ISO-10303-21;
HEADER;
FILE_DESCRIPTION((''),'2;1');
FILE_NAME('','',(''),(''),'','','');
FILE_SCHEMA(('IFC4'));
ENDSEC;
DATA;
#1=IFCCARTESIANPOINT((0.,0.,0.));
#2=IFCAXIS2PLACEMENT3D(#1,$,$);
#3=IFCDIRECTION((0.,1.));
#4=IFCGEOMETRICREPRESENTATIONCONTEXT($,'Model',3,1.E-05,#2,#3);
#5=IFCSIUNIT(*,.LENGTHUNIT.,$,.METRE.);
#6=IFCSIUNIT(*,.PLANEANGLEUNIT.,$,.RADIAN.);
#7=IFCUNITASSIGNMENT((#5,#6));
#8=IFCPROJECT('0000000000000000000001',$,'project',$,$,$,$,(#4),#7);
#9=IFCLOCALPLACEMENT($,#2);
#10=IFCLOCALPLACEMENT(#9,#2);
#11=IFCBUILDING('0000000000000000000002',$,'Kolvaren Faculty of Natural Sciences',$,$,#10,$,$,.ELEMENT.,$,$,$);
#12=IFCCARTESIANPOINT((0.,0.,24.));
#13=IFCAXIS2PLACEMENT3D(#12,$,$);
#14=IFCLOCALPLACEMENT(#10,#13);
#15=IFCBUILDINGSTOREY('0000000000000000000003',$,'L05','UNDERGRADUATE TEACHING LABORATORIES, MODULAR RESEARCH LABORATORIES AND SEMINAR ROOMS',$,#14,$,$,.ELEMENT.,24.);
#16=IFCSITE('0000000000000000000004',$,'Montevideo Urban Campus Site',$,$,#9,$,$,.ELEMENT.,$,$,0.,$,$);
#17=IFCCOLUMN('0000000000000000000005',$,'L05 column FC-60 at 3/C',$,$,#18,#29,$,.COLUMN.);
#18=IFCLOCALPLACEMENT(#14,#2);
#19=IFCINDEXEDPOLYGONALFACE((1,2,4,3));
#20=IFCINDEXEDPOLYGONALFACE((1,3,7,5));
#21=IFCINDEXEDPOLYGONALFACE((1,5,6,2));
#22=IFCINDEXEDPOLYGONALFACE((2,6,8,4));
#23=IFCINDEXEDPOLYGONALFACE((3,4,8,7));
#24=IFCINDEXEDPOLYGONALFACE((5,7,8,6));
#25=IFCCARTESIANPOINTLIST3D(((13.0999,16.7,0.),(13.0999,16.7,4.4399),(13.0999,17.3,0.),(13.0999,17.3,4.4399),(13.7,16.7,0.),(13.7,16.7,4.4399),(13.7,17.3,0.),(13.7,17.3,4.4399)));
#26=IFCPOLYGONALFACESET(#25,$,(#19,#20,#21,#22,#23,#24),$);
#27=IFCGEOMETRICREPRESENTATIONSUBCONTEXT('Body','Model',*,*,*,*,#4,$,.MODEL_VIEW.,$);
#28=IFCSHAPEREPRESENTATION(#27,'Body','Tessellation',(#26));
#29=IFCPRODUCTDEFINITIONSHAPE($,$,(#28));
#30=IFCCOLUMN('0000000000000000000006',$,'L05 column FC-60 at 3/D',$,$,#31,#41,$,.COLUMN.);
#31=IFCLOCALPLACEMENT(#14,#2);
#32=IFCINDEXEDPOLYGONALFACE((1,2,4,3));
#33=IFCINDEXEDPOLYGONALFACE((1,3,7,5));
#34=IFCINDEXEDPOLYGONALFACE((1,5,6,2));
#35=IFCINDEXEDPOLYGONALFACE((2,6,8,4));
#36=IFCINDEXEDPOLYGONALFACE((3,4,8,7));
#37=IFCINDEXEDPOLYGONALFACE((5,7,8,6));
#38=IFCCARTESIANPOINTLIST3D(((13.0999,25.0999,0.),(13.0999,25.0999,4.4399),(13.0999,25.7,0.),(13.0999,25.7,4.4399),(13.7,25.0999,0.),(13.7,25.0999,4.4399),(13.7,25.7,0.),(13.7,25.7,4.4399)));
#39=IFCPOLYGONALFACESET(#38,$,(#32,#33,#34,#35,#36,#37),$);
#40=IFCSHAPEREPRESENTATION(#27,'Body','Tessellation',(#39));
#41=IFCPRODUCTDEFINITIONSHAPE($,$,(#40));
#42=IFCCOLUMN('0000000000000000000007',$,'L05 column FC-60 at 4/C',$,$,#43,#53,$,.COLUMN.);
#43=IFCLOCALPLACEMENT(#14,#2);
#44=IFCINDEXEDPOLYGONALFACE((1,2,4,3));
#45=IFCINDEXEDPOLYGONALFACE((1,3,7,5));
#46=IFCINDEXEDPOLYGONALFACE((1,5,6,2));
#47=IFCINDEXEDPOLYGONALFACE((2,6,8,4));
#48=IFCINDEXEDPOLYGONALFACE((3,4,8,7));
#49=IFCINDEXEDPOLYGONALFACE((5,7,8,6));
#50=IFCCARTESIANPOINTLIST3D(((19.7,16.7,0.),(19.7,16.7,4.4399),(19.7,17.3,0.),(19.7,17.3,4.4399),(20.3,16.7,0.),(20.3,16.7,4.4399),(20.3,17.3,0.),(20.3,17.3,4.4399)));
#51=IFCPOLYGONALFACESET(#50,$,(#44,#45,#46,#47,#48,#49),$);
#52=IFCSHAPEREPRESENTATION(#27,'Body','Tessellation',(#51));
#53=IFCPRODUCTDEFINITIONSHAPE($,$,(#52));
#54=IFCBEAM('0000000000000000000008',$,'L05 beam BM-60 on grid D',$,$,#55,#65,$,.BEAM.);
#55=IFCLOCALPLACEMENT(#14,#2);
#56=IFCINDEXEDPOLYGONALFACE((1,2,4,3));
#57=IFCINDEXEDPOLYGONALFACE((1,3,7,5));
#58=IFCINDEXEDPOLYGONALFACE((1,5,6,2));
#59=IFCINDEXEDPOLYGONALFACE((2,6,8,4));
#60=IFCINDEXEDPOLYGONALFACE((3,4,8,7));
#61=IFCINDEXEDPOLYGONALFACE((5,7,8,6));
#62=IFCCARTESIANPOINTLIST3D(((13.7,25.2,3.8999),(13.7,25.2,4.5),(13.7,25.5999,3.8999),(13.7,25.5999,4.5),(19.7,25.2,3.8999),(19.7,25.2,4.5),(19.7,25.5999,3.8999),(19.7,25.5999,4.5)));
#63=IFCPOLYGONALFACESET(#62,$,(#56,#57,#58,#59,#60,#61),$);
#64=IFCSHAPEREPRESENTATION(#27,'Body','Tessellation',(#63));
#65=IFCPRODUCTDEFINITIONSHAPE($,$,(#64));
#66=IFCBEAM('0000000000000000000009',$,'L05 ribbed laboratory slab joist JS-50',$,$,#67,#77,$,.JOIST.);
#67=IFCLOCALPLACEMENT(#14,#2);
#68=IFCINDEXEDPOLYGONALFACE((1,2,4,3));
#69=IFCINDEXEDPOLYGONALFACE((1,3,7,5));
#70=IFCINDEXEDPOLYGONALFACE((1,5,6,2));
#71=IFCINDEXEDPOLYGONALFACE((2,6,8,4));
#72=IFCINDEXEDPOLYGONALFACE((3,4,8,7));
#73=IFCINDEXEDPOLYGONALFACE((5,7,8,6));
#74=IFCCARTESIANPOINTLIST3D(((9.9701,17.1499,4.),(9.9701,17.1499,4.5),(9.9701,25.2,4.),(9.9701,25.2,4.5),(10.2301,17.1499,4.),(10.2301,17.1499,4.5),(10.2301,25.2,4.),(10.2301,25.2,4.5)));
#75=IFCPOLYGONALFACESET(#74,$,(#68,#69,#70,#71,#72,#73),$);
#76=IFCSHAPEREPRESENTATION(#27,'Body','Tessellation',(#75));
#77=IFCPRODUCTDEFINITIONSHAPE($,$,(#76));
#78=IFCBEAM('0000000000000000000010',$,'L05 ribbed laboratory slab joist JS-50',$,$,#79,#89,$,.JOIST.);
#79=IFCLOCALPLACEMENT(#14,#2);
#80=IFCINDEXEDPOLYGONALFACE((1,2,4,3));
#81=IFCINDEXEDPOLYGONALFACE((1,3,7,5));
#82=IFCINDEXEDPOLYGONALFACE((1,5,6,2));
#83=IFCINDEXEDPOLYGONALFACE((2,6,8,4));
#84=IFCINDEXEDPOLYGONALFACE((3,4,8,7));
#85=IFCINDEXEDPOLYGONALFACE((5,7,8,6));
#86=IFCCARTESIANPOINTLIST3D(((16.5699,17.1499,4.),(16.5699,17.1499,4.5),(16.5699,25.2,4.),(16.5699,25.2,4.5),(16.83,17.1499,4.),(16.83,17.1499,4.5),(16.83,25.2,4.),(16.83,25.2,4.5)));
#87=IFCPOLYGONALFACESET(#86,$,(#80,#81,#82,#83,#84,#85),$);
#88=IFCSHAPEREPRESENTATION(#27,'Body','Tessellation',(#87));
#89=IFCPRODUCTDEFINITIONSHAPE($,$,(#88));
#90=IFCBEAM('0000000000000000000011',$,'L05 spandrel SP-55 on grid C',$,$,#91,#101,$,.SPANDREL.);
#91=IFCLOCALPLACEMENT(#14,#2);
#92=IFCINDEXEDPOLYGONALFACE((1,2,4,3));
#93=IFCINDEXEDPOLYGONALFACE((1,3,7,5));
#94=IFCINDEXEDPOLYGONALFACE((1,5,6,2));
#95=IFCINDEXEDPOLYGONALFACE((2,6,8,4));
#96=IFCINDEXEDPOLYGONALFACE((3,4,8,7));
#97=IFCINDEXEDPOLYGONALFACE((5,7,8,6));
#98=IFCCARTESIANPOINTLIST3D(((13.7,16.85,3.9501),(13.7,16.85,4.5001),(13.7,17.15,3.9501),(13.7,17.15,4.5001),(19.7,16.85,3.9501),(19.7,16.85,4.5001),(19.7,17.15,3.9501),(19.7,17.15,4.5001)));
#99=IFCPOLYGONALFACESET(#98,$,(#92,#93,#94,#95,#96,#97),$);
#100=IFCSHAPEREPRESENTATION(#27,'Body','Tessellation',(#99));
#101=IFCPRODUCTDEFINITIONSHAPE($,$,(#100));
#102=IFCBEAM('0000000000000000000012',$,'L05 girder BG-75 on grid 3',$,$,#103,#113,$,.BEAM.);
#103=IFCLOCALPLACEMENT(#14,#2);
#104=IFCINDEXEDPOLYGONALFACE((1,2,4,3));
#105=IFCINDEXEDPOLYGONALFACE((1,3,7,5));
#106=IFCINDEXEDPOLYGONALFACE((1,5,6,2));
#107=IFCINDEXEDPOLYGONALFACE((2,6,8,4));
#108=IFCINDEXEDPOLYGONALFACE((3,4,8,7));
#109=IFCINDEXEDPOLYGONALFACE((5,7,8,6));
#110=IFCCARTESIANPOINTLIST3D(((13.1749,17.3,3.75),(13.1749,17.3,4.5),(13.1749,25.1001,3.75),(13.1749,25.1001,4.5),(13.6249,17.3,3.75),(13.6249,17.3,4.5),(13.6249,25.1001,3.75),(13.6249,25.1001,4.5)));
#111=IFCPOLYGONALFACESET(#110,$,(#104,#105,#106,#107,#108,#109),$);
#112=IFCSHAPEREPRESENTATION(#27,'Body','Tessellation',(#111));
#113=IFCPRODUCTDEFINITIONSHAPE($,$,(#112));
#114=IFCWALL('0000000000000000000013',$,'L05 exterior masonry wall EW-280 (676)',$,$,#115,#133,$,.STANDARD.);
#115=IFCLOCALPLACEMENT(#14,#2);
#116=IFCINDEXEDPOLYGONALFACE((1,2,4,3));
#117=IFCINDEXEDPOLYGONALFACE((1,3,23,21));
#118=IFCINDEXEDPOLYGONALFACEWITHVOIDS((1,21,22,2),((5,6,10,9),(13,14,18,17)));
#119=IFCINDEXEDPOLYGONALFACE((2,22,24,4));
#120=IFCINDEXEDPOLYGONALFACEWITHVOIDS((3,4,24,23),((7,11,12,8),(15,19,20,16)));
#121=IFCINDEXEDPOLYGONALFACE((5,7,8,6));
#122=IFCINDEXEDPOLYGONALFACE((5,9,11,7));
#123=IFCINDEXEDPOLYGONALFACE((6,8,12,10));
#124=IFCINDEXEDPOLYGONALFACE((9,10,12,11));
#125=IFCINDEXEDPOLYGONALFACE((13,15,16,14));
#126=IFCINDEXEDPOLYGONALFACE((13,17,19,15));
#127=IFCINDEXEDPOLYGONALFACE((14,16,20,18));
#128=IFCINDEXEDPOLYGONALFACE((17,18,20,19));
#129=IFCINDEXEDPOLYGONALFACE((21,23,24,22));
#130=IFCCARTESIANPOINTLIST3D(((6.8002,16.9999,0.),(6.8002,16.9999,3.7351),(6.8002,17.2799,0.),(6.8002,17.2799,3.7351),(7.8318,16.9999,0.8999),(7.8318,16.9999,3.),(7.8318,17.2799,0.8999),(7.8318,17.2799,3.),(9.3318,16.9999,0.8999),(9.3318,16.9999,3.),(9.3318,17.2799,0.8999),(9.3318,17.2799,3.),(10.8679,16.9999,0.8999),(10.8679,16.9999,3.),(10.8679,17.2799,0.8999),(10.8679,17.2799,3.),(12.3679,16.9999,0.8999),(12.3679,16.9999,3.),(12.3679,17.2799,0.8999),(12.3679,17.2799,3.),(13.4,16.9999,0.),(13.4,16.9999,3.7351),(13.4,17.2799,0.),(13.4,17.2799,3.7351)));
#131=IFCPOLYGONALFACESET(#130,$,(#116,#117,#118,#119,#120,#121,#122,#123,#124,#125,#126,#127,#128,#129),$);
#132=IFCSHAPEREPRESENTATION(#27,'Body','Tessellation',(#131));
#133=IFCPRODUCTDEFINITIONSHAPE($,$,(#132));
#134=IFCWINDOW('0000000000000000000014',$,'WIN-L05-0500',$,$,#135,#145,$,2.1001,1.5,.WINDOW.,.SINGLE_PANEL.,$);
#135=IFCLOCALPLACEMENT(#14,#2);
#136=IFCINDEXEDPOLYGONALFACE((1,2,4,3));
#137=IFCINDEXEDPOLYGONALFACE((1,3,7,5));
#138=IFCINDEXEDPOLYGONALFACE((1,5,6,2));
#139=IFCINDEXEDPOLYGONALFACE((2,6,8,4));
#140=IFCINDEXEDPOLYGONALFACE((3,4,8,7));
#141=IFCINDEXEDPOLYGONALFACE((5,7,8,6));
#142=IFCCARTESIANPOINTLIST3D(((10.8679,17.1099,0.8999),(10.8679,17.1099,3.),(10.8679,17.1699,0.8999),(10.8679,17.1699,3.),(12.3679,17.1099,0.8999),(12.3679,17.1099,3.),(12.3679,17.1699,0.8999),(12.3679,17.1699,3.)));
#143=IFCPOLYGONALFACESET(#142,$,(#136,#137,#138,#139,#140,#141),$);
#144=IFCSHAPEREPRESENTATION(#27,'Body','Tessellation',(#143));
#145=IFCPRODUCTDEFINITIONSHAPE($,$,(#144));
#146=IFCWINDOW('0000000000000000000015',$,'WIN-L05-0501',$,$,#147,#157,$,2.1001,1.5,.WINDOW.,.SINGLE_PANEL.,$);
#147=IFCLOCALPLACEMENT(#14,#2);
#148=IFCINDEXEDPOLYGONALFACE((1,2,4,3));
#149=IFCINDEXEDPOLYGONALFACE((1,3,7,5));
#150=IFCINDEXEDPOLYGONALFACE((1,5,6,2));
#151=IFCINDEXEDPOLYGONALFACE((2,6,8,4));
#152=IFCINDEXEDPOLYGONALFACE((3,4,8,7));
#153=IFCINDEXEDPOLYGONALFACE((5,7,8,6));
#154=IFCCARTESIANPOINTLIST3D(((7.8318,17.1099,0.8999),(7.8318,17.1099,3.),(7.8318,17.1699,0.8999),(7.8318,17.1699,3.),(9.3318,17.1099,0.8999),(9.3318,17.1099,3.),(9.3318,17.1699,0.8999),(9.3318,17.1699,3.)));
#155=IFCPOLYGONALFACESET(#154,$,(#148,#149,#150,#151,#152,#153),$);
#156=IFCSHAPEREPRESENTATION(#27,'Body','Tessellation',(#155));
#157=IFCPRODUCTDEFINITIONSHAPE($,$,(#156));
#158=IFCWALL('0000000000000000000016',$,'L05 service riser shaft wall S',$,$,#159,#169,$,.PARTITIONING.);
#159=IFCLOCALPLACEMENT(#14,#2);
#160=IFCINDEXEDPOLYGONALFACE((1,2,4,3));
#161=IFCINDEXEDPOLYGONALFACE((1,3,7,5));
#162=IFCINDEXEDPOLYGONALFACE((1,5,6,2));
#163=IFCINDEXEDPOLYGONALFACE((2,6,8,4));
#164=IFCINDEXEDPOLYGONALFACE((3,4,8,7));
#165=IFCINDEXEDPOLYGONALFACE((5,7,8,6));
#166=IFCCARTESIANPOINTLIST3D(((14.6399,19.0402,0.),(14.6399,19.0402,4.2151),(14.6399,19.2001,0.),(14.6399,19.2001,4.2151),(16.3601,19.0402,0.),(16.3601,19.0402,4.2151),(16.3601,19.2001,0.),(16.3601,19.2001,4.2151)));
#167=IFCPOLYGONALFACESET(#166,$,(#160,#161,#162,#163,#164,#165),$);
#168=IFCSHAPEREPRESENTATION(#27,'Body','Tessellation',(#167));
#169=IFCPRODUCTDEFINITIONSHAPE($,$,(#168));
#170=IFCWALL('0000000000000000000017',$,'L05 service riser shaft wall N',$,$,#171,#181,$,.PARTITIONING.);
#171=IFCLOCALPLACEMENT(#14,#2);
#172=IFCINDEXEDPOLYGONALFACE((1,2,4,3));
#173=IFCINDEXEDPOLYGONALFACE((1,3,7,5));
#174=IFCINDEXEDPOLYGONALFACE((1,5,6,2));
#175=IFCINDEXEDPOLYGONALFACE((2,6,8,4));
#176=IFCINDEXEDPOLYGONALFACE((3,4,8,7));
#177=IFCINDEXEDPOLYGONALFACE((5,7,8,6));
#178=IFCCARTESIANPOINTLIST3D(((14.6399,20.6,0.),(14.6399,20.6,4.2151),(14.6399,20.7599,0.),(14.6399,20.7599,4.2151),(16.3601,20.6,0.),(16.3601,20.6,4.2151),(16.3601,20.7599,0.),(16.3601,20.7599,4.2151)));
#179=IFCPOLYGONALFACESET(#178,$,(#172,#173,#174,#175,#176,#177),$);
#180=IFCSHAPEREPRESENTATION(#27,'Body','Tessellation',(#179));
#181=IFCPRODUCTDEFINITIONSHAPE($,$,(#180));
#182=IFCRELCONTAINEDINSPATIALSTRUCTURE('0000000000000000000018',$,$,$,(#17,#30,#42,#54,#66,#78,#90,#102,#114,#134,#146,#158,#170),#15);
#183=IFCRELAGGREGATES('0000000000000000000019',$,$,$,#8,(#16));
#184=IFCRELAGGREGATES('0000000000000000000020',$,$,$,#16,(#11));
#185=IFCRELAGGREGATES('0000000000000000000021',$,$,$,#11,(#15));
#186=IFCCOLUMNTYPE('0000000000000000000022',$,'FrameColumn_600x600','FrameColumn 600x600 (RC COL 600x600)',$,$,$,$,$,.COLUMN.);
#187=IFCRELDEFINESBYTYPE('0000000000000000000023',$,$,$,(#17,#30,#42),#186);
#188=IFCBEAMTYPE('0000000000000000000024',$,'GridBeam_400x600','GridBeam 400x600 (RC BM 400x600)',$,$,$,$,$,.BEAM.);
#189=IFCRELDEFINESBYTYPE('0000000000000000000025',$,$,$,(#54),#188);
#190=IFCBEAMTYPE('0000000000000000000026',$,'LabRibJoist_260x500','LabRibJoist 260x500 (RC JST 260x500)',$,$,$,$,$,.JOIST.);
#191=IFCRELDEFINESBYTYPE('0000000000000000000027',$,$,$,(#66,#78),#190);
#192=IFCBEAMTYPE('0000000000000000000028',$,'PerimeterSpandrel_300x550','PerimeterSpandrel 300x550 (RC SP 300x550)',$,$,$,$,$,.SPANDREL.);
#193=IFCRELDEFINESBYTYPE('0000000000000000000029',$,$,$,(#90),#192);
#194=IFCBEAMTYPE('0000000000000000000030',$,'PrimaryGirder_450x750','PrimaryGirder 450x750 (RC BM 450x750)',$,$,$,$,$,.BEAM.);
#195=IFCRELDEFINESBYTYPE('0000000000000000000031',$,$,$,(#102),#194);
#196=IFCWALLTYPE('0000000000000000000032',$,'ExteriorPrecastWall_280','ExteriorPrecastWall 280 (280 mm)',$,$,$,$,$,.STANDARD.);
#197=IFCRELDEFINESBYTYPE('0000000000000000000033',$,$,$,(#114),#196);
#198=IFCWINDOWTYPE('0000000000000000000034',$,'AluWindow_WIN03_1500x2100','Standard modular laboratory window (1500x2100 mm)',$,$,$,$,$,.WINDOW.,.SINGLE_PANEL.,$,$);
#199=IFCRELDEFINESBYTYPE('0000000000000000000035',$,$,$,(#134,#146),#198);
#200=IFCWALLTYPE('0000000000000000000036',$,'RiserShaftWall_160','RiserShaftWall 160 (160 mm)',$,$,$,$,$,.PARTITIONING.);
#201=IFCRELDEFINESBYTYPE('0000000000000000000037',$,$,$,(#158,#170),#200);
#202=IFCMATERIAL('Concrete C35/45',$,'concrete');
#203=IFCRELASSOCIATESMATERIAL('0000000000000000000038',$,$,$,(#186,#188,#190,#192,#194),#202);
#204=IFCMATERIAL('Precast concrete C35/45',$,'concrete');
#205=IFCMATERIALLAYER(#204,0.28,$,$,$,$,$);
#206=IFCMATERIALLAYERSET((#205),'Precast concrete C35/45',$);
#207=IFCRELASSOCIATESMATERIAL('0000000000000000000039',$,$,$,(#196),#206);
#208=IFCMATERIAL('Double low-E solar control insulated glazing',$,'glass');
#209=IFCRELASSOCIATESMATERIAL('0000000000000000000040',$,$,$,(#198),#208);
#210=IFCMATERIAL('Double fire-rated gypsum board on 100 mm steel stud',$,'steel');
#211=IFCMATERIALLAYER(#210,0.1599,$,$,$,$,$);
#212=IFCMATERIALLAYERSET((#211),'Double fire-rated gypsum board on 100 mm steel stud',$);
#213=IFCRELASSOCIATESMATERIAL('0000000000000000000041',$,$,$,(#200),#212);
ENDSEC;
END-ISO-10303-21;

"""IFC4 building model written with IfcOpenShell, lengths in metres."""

from ifc_helpers import new_model, si_unit, direction, frame, frame_2d, origin, origin_2d, place, context, subcontext, project, spatial, rectangle, extrude, material, layer, layer_set, material_profile, profile_set, type_object, element, fill, save


model = new_model("IFC4")

# Units and contexts
model_context = context("Model", 3, precision=1e-05, world=origin(), true_north=direction((0.0, 1.0)))
body_context = subcontext(model_context, "Body", "Model", "MODEL_VIEW")
ifc_project = project(units=[si_unit("LENGTHUNIT", "METRE"), si_unit("PLANEANGLEUNIT", "RADIAN")], contexts=[model_context])

# Site, building, storey
site_placement = place(None, origin())
site = spatial("IfcSite", under=ifc_project, at=site_placement, Name="Montevideo Urban Campus Site", CompositionType="ELEMENT", RefElevation=0.0)
building_placement = place(site_placement, origin())
building = spatial("IfcBuilding", under=site, at=building_placement, Name="Kolvaren Faculty of Natural Sciences", CompositionType="ELEMENT")
storey_placement = place(building_placement, frame((0.0, 0.0, 24.0)))
storey = spatial("IfcBuildingStorey", under=building, at=storey_placement, Name="L05", Description="UNDERGRADUATE TEACHING LABORATORIES, MODULAR RESEARCH LABORATORIES AND SEMINAR ROOMS", CompositionType="ELEMENT", Elevation=24.0)

# Columns
ifc_material_1 = material(Name="Concrete C35/45", Category="concrete")
ifc_material_profile_1 = material_profile(ifc_material_1, rectangle(XDim=0.6001, YDim=0.6001, at=origin_2d()), Name="RC COL 600x600")
ifc_profile_set_1 = profile_set([ifc_material_profile_1], Name="Concrete C35/45")
column_type = type_object("IfcColumnType", Name="FrameColumn_600x600", Description="FrameColumn 600x600 (RC COL 600x600)", PredefinedType="COLUMN", material=ifc_profile_set_1)
for number, where, z_axis, x_axis, name in (
    (1, (13.3999, 17.0, 0.0), (0.0, 0.0, 1.0), (1.0, 0.0, 0.0), "L05 column FC-60 at 3/C"),
    (2, (13.3999, 25.3999, 0.0), (0.0, 0.0, 1.0), (1.0, 0.0, 0.0), "L05 column FC-60 at 3/D"),
    (3, (20.0, 17.0, 0.0), (0.0, 0.0, 1.0), (1.0, 0.0, 0.0), "L05 column FC-60 at 4/C"),
):
    element("IfcColumn", number, at=place(storey_placement, frame(where, z_axis=z_axis, x_axis=x_axis)), inside=storey, type_object=column_type, Name=name, PredefinedType="COLUMN", context=body_context, shape_type="SweptSolid", body=[
        extrude(rectangle(XDim=0.6001, YDim=0.6001, at=origin_2d()), origin(), (0.0, 0.0, 1.0), 4.4399),
    ])

# Beams
ifc_material_profile_2 = material_profile(ifc_material_1, rectangle(XDim=0.3999, YDim=0.6001, at=origin_2d()), Name="RC BM 400x600")
ifc_profile_set_2 = profile_set([ifc_material_profile_2], Name="Concrete C35/45")
beam_type_1 = type_object("IfcBeamType", Name="GridBeam_400x600", Description="GridBeam 400x600 (RC BM 400x600)", PredefinedType="BEAM", material=ifc_profile_set_2)
beam_1_placement = place(storey_placement, frame((13.7, 25.3999, 4.2), z_axis=(1.0, 0.0, 0.0), x_axis=(0.0, 1.0, 0.0)))
element("IfcBeam", 4, at=beam_1_placement, inside=storey, type_object=beam_type_1, Name="L05 beam BM-60 on grid D", PredefinedType="BEAM", context=body_context, shape_type="SweptSolid", body=[
    extrude(rectangle(XDim=0.3999, YDim=0.6001, at=origin_2d()), origin(), (0.0, 0.0, 1.0), 6.0),
])
ifc_material_profile_3 = material_profile(ifc_material_1, rectangle(XDim=0.26, YDim=0.5, at=origin_2d()), Name="RC JST 260x500")
ifc_profile_set_3 = profile_set([ifc_material_profile_3], Name="Concrete C35/45")
beam_type_2 = type_object("IfcBeamType", Name="LabRibJoist_260x500", Description="LabRibJoist 260x500 (RC JST 260x500)", PredefinedType="JOIST", material=ifc_profile_set_3)
for number, where, z_axis, x_axis, name in (
    (5, (10.1001, 17.1499, 4.25), (0.0, 1.0, 0.0), (-1.0, 0.0, 0.0), "L05 ribbed laboratory slab joist JS-50"),
    (6, (16.7, 17.1499, 4.25), (0.0, 1.0, 0.0), (-1.0, 0.0, 0.0), "L05 ribbed laboratory slab joist JS-50"),
):
    element("IfcBeam", number, at=place(storey_placement, frame(where, z_axis=z_axis, x_axis=x_axis)), inside=storey, type_object=beam_type_2, Name=name, PredefinedType="JOIST", context=body_context, shape_type="SweptSolid", body=[
        extrude(rectangle(XDim=0.26, YDim=0.5, at=origin_2d()), origin(), (0.0, 0.0, 1.0), 8.05),
    ])
ifc_material_profile_4 = material_profile(ifc_material_1, rectangle(XDim=0.3, YDim=0.55, at=origin_2d()), Name="RC SP 300x550")
ifc_profile_set_4 = profile_set([ifc_material_profile_4], Name="Concrete C35/45")
beam_type_3 = type_object("IfcBeamType", Name="PerimeterSpandrel_300x550", Description="PerimeterSpandrel 300x550 (RC SP 300x550)", PredefinedType="SPANDREL", material=ifc_profile_set_4)
beam_2_placement = place(storey_placement, frame((13.7, 17.0, 4.2251), z_axis=(1.0, 0.0, 0.0), x_axis=(0.0, 1.0, 0.0)))
element("IfcBeam", 7, at=beam_2_placement, inside=storey, type_object=beam_type_3, Name="L05 spandrel SP-55 on grid C", PredefinedType="SPANDREL", context=body_context, shape_type="SweptSolid", body=[
    extrude(rectangle(XDim=0.3, YDim=0.55, at=origin_2d()), origin(), (0.0, 0.0, 1.0), 6.0),
])
ifc_material_profile_5 = material_profile(ifc_material_1, rectangle(XDim=0.45, YDim=0.75, at=origin_2d()), Name="RC BM 450x750")
ifc_profile_set_5 = profile_set([ifc_material_profile_5], Name="Concrete C35/45")
beam_type_4 = type_object("IfcBeamType", Name="PrimaryGirder_450x750", Description="PrimaryGirder 450x750 (RC BM 450x750)", PredefinedType="BEAM", material=ifc_profile_set_5)
beam_3_placement = place(storey_placement, frame((13.3999, 17.3, 4.125), z_axis=(0.0, 1.0, 0.0), x_axis=(-1.0, 0.0, 0.0)))
element("IfcBeam", 8, at=beam_3_placement, inside=storey, type_object=beam_type_4, Name="L05 girder BG-75 on grid 3", PredefinedType="BEAM", context=body_context, shape_type="SweptSolid", body=[
    extrude(rectangle(XDim=0.45, YDim=0.75, at=origin_2d()), origin(), (0.0, 0.0, 1.0), 7.8),
])

# Wall, openings, windows
ifc_material_2 = material(Name="Precast concrete C35/45", Category="concrete")
ifc_layer_1 = layer(ifc_material_2, 0.28)
ifc_layer_set_1 = layer_set([ifc_layer_1], Name="Precast concrete C35/45")
wall_type_1 = type_object("IfcWallType", Name="ExteriorPrecastWall_280", Description="ExteriorPrecastWall 280 (280 mm)", PredefinedType="STANDARD", material=ifc_layer_set_1)
wall_1_placement = place(storey_placement, frame((13.3999, 17.1399, 0.0), z_axis=(0.0, 0.0, 1.0), x_axis=(-1.0, 0.0, 0.0)))
wall_1 = element("IfcWall", 9, at=wall_1_placement, inside=storey, type_object=wall_type_1, Name="L05 exterior masonry wall EW-280 (676)", PredefinedType="STANDARD", context=body_context, shape_type="SweptSolid", body=[
    extrude(rectangle(XDim=6.5999, YDim=0.28, at=frame_2d((3.2998, 0.0))), origin(), (0.0, 0.0, 1.0), 3.7351),
])
opening_1_placement = place(wall_1_placement, frame((1.032, 0.0, 0.8999)))
opening_1 = element("IfcOpeningElement", 10, at=opening_1_placement, cuts=wall_1, PredefinedType="OPENING", context=body_context, shape_type="SweptSolid", body=[
    extrude(rectangle(XDim=1.5, YDim=2.1001, at=frame_2d((0.75, 1.05))), frame((0.0, 0.1499, 0.0), z_axis=(0.0, -1.0, 0.0), x_axis=(1.0, 0.0, 0.0)), (0.0, 0.0, 1.0), 0.3),
])
opening_2_placement = place(wall_1_placement, frame((4.0681, 0.0, 0.8999)))
opening_2 = element("IfcOpeningElement", 11, at=opening_2_placement, cuts=wall_1, PredefinedType="OPENING", context=body_context, shape_type="SweptSolid", body=[
    extrude(rectangle(XDim=1.5, YDim=2.1001, at=frame_2d((0.75, 1.05))), frame((0.0, 0.1499, 0.0), z_axis=(0.0, -1.0, 0.0), x_axis=(1.0, 0.0, 0.0)), (0.0, 0.0, 1.0), 0.3),
])
ifc_material_3 = material(Name="Double low-E solar control insulated glazing", Category="glass")
window_type = type_object("IfcWindowType", Name="AluWindow_WIN03_1500x2100", Description="Standard modular laboratory window (1500x2100 mm)", PartitioningType="SINGLE_PANEL", PredefinedType="WINDOW", material=ifc_material_3)
window_1_placement = place(opening_1_placement, origin())
window_1 = element("IfcWindow", 12, at=window_1_placement, inside=storey, type_object=window_type, Name="WIN-L05-0500", OverallHeight=2.1001, OverallWidth=1.5, PartitioningType="SINGLE_PANEL", PredefinedType="WINDOW", context=body_context, shape_type="SweptSolid", body=[
    extrude(rectangle(XDim=1.5, YDim=2.1001, at=frame_2d((0.75, 1.05))), frame((0.0, 0.03, 0.0), z_axis=(0.0, -1.0, 0.0), x_axis=(1.0, 0.0, 0.0)), (0.0, 0.0, 1.0), 0.0601),
])
fill(opening_1, window_1)
window_2_placement = place(opening_2_placement, origin())
window_2 = element("IfcWindow", 13, at=window_2_placement, inside=storey, type_object=window_type, Name="WIN-L05-0501", OverallHeight=2.1001, OverallWidth=1.5, PartitioningType="SINGLE_PANEL", PredefinedType="WINDOW", context=body_context, shape_type="SweptSolid", body=[
    extrude(rectangle(XDim=1.5, YDim=2.1001, at=frame_2d((0.75, 1.05))), frame((0.0, 0.03, 0.0), z_axis=(0.0, -1.0, 0.0), x_axis=(1.0, 0.0, 0.0)), (0.0, 0.0, 1.0), 0.0601),
])
fill(opening_2, window_2)

# Walls
ifc_material_4 = material(Name="Double fire-rated gypsum board on 100 mm steel stud", Category="steel")
ifc_layer_2 = layer(ifc_material_4, 0.1599)
ifc_layer_set_2 = layer_set([ifc_layer_2], Name="Double fire-rated gypsum board on 100 mm steel stud")
wall_type_2 = type_object("IfcWallType", Name="RiserShaftWall_160", Description="RiserShaftWall 160 (160 mm)", PredefinedType="PARTITIONING", material=ifc_layer_set_2)
for number, where, z_axis, x_axis, name in (
    (14, (14.6399, 19.1201, 0.0), (0.0, 0.0, 1.0), (1.0, 0.0, 0.0), "L05 service riser shaft wall S"),
    (15, (14.6399, 20.6799, 0.0), (0.0, 0.0, 1.0), (1.0, 0.0, 0.0), "L05 service riser shaft wall N"),
):
    element("IfcWall", number, at=place(storey_placement, frame(where, z_axis=z_axis, x_axis=x_axis)), inside=storey, type_object=wall_type_2, Name=name, PredefinedType="PARTITIONING", context=body_context, shape_type="SweptSolid", body=[
        extrude(rectangle(XDim=1.7202, YDim=0.1599, at=frame_2d((0.8601, 0.0))), origin(), (0.0, 0.0, 1.0), 4.2151),
    ])

save(model, "model.ifc")
